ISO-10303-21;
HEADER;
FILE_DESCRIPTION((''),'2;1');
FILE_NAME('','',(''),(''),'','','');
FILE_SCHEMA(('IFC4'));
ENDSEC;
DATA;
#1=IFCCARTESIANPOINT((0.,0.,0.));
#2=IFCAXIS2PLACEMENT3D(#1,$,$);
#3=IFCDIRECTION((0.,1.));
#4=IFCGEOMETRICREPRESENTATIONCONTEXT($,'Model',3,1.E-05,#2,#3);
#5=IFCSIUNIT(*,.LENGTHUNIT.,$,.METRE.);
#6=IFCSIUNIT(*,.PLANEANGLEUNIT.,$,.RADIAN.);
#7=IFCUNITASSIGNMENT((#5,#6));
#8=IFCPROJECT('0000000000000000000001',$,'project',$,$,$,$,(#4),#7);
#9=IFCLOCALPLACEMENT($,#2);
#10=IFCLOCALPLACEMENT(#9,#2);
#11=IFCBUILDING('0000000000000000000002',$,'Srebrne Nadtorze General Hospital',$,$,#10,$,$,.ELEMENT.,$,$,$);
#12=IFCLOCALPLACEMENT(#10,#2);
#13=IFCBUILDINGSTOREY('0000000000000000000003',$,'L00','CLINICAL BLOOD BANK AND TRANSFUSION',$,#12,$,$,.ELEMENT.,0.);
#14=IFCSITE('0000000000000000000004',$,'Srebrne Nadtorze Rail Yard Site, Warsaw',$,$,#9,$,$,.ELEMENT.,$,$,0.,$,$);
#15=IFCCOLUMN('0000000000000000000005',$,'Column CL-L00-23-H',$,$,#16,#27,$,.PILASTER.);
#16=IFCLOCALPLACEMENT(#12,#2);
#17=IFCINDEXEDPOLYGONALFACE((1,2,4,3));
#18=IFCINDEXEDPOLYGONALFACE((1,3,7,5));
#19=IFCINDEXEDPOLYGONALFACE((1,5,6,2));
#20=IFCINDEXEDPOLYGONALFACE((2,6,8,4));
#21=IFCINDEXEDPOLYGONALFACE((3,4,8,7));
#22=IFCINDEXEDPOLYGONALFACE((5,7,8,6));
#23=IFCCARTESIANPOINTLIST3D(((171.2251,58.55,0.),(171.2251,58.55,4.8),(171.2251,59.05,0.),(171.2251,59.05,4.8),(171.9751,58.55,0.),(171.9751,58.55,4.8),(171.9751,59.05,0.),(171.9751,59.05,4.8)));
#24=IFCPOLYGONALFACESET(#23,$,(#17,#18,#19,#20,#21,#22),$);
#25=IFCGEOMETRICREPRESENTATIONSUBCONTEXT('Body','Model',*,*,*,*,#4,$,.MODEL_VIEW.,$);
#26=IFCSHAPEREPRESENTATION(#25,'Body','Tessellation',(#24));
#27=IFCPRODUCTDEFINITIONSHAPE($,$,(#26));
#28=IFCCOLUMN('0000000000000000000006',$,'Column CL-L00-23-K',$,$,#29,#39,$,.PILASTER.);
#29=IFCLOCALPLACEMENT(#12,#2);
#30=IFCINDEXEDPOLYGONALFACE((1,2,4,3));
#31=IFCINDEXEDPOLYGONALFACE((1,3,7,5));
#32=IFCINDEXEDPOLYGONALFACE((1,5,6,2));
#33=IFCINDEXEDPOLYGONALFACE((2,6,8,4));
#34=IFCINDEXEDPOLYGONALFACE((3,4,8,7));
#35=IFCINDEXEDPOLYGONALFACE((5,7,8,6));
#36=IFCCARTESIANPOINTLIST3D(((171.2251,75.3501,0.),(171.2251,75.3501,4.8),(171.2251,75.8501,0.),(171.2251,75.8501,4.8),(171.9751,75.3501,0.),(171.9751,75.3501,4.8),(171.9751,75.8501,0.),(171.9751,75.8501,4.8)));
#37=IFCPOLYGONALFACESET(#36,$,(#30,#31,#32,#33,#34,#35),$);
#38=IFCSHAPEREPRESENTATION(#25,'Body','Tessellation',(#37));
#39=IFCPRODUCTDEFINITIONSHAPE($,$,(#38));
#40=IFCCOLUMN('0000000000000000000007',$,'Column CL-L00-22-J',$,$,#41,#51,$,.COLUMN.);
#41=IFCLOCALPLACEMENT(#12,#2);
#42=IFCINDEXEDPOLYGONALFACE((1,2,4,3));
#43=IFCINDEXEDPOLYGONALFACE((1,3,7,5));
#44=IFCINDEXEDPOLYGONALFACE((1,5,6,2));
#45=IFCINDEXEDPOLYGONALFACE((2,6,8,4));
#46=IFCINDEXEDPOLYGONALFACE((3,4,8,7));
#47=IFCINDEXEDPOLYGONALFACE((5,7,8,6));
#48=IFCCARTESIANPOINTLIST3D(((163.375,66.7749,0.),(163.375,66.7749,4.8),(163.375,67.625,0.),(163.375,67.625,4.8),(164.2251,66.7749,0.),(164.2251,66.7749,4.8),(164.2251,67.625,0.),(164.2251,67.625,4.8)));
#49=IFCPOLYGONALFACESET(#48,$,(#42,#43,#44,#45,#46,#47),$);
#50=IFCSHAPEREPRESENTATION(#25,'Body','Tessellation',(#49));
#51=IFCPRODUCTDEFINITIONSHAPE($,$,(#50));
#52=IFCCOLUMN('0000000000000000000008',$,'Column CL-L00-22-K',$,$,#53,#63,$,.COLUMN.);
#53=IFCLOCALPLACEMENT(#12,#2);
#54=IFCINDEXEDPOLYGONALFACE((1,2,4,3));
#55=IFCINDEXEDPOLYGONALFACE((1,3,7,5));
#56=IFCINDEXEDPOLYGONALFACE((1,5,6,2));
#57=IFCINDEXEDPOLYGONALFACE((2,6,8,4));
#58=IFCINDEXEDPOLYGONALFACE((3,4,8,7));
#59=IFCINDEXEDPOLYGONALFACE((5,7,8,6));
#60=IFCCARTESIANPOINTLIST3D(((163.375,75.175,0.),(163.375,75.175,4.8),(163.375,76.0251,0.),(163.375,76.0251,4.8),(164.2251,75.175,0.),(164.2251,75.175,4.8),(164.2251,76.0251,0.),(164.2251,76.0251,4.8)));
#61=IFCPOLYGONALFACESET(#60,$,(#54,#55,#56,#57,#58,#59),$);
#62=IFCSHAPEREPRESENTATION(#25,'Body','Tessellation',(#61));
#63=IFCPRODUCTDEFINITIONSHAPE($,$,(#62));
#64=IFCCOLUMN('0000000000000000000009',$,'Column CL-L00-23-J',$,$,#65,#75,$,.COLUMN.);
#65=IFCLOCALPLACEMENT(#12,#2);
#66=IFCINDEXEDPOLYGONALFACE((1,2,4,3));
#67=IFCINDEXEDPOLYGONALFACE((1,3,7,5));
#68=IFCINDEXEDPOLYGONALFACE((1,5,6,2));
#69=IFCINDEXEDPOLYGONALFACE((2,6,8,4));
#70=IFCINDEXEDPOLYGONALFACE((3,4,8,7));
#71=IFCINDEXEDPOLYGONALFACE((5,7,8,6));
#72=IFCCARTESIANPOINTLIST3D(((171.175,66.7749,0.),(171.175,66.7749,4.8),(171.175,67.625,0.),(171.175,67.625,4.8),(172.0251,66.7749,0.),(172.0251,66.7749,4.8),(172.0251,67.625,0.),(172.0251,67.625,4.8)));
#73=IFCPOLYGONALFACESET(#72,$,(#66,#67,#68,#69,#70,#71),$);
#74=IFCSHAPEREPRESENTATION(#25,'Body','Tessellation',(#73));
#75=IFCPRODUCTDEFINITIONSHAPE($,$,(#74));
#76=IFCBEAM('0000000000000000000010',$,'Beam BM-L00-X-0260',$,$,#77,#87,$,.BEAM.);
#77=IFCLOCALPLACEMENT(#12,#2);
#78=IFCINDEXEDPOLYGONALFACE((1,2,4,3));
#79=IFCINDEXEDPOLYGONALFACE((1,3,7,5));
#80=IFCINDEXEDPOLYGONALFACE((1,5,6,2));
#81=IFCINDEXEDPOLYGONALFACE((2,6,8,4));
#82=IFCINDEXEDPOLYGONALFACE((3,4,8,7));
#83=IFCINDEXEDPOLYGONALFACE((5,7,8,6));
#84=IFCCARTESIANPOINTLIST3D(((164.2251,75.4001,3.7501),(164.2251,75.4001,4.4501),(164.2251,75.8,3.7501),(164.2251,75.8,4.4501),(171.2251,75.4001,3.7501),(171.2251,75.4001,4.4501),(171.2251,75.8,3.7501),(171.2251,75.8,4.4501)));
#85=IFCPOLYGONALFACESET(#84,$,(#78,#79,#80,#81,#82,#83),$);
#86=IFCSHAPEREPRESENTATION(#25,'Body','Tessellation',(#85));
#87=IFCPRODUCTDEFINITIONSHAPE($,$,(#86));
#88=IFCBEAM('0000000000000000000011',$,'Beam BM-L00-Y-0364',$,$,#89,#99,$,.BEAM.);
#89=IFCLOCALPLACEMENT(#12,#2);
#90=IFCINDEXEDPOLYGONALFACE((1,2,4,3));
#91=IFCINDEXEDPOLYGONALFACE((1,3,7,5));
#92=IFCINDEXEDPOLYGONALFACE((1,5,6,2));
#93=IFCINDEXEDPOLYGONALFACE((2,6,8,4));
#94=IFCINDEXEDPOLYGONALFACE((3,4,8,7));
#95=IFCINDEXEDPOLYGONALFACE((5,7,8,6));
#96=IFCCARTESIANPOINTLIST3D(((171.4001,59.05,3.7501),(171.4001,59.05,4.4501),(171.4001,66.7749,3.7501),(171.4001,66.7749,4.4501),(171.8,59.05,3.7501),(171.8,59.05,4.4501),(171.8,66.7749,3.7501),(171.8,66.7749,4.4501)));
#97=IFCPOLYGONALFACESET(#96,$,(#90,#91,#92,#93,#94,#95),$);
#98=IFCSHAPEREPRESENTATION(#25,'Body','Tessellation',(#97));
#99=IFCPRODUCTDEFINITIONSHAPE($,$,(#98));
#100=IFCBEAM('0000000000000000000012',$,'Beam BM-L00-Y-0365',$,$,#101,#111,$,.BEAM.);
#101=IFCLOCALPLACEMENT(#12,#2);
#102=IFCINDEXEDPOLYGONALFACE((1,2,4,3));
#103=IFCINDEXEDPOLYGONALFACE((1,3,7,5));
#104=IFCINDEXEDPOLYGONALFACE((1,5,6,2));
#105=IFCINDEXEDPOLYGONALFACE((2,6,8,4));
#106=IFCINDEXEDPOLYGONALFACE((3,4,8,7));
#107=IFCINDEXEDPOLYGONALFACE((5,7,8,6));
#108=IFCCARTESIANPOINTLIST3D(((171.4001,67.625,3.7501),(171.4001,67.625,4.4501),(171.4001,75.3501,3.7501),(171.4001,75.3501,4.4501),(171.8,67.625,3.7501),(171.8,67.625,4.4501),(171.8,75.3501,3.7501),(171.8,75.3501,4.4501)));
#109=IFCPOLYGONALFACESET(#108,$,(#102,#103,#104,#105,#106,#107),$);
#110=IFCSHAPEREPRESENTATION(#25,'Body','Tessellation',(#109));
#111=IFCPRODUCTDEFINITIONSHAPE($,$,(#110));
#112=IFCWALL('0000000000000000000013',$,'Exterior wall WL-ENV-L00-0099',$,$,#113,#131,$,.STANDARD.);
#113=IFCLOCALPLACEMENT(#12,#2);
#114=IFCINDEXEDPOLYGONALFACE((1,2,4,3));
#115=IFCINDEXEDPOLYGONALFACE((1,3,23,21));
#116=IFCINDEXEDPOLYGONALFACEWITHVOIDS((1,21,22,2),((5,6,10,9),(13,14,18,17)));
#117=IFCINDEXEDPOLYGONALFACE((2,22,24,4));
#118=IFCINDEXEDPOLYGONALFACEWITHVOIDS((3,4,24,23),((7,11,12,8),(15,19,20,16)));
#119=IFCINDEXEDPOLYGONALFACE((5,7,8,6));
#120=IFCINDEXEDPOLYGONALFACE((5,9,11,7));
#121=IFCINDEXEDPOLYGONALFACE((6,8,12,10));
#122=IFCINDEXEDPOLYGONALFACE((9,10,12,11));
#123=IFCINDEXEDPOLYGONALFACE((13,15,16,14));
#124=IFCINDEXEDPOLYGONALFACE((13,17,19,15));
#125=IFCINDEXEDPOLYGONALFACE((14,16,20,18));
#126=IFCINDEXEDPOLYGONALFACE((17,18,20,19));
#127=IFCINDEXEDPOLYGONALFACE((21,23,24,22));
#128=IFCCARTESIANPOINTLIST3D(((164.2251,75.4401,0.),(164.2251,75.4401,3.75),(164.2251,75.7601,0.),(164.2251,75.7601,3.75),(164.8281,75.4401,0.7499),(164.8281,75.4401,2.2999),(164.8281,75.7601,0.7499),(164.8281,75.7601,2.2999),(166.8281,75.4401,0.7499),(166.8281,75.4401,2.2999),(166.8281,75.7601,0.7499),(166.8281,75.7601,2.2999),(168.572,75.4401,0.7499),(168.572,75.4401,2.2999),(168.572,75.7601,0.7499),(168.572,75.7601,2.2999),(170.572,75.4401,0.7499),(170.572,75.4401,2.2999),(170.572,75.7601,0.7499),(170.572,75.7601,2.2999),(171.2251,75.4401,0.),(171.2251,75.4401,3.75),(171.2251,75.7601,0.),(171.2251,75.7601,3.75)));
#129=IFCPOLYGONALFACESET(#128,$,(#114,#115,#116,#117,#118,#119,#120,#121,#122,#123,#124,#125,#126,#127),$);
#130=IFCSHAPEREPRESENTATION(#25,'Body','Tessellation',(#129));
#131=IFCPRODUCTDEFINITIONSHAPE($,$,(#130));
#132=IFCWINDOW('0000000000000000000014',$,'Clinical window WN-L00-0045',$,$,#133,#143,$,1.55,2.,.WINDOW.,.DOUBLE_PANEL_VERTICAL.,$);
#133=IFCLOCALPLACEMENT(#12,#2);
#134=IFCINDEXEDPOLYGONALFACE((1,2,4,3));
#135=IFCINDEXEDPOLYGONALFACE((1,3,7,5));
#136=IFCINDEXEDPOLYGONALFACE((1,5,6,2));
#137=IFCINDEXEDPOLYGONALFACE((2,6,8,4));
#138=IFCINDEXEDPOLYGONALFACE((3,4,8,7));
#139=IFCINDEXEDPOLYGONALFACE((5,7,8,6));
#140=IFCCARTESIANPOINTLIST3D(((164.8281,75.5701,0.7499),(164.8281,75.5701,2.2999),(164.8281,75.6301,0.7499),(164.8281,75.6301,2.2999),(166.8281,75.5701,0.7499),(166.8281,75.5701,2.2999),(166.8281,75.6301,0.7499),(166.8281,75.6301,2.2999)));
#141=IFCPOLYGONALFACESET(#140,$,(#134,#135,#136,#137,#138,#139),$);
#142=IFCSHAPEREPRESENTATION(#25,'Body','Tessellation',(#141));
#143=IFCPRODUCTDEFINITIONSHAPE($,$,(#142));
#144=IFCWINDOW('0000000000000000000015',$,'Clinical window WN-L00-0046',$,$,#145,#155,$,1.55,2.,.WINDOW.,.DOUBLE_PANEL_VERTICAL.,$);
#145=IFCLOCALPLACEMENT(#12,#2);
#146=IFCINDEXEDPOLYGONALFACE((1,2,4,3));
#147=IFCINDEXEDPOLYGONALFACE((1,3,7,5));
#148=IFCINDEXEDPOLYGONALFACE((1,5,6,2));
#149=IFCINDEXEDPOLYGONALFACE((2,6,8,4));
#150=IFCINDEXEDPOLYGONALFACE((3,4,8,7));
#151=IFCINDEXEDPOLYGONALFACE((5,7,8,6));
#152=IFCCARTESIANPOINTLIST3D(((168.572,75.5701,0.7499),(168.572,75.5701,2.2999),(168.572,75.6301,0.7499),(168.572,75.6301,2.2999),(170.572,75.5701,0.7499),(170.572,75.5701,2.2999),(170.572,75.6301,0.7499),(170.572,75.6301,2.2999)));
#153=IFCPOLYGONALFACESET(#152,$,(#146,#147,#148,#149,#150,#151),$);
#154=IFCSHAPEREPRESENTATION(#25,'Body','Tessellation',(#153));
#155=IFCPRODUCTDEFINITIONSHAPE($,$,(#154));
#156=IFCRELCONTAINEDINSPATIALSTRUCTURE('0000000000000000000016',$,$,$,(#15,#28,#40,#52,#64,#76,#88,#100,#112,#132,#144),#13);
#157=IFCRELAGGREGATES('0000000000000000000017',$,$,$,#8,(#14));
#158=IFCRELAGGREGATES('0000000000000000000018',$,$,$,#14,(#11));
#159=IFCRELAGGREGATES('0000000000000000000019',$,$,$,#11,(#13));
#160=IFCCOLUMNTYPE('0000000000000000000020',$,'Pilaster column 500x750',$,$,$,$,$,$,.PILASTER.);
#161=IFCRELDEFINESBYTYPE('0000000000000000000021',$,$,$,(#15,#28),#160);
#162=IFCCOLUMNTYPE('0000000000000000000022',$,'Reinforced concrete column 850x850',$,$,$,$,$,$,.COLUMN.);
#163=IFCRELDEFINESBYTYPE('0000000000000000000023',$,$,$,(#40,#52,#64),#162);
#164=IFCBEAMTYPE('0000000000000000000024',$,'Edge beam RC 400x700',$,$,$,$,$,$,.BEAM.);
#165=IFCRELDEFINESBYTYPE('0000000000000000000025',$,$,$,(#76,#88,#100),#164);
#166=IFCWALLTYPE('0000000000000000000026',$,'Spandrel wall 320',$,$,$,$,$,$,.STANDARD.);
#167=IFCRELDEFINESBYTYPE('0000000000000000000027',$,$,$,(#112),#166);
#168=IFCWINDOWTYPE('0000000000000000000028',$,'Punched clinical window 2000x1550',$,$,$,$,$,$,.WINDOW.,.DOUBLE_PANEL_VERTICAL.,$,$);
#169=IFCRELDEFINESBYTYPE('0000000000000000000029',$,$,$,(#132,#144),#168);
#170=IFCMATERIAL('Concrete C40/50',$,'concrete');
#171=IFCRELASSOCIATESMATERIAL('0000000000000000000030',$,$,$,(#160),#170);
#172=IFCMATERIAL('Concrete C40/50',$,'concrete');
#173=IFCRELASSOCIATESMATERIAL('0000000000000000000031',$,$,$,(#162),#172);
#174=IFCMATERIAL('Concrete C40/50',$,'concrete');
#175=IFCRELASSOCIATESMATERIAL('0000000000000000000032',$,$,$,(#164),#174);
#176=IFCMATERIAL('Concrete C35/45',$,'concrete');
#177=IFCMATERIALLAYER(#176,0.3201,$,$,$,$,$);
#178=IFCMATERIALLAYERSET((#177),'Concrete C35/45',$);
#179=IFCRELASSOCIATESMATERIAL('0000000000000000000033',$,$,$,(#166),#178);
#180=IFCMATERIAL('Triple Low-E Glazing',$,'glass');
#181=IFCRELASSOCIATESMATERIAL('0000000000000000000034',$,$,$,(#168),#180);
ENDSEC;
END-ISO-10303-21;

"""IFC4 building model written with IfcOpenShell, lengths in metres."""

from ifc_helpers import new_model, si_unit, direction, frame, frame_2d, origin, origin_2d, place, context, subcontext, project, spatial, rectangle, extrude, material, layer, layer_set, material_profile, profile_set, type_object, element, fill, save


model = new_model("IFC4")

# Units and contexts
model_context = context("Model", 3, precision=1e-05, world=origin(), true_north=direction((0.0, 1.0)))
body_context = subcontext(model_context, "Body", "Model", "MODEL_VIEW")
ifc_project = project(units=[si_unit("LENGTHUNIT", "METRE"), si_unit("PLANEANGLEUNIT", "RADIAN")], contexts=[model_context])

# Site, building, storey
site_placement = place(None, origin())
site = spatial("IfcSite", under=ifc_project, at=site_placement, Name="Srebrne Nadtorze Rail Yard Site, Warsaw", CompositionType="ELEMENT", RefElevation=0.0)
building_placement = place(site_placement, origin())
building = spatial("IfcBuilding", under=site, at=building_placement, Name="Srebrne Nadtorze General Hospital", CompositionType="ELEMENT")
storey_placement = place(building_placement, origin())
storey = spatial("IfcBuildingStorey", under=building, at=storey_placement, Name="L00", Description="CLINICAL BLOOD BANK AND TRANSFUSION", CompositionType="ELEMENT", Elevation=0.0)

# Columns
ifc_material_1 = material(Name="Concrete C40/50", Category="concrete")
ifc_material_profile_1 = material_profile(ifc_material_1, rectangle(XDim=0.5, YDim=0.75, at=origin_2d()), Name="RC-PIL-500x750")
ifc_profile_set_1 = profile_set([ifc_material_profile_1], Name="Concrete C40/50")
column_type_1 = type_object("IfcColumnType", Name="Pilaster column 500x750", PredefinedType="PILASTER", material=ifc_profile_set_1)
for number, where, z_axis, x_axis, name in (
    (1, (171.6001, 58.8, 0.0), (0.0, 0.0, 1.0), (0.0, 1.0, 0.0), "Column CL-L00-23-H"),
    (2, (171.6001, 75.6001, 0.0), (0.0, 0.0, 1.0), (0.0, 1.0, 0.0), "Column CL-L00-23-K"),
):
    element("IfcColumn", number, at=place(storey_placement, frame(where, z_axis=z_axis, x_axis=x_axis)), inside=storey, type_object=column_type_1, Name=name, PredefinedType="PILASTER", context=body_context, shape_type="SweptSolid", body=[
        extrude(rectangle(XDim=0.5, YDim=0.75, at=origin_2d()), origin(), (0.0, 0.0, 1.0), 4.8),
    ])
ifc_material_2 = material(Name="Concrete C40/50", Category="concrete")
ifc_material_profile_2 = material_profile(ifc_material_2, rectangle(XDim=0.8501, YDim=0.8501, at=origin_2d()), Name="RC-COL-850x850")
ifc_profile_set_2 = profile_set([ifc_material_profile_2], Name="Concrete C40/50")
column_type_2 = type_object("IfcColumnType", Name="Reinforced concrete column 850x850", PredefinedType="COLUMN", material=ifc_profile_set_2)
for number, where, z_axis, x_axis, name in (
    (3, (163.8, 67.2, 0.0), (0.0, 0.0, 1.0), (1.0, 0.0, 0.0), "Column CL-L00-22-J"),
    (4, (163.8, 75.6001, 0.0), (0.0, 0.0, 1.0), (1.0, 0.0, 0.0), "Column CL-L00-22-K"),
    (5, (171.6001, 67.2, 0.0), (0.0, 0.0, 1.0), (1.0, 0.0, 0.0), "Column CL-L00-23-J"),
):
    element("IfcColumn", number, at=place(storey_placement, frame(where, z_axis=z_axis, x_axis=x_axis)), inside=storey, type_object=column_type_2, Name=name, PredefinedType="COLUMN", context=body_context, shape_type="SweptSolid", body=[
        extrude(rectangle(XDim=0.8501, YDim=0.8501, at=origin_2d()), origin(), (0.0, 0.0, 1.0), 4.8),
    ])

# Beams
ifc_material_3 = material(Name="Concrete C40/50", Category="concrete")
ifc_material_profile_3 = material_profile(ifc_material_3, rectangle(XDim=0.3999, YDim=0.7, at=origin_2d()), Name="RC-BM-400x700")
ifc_profile_set_3 = profile_set([ifc_material_profile_3], Name="Concrete C40/50")
beam_type = type_object("IfcBeamType", Name="Edge beam RC 400x700", PredefinedType="BEAM", material=ifc_profile_set_3)
beam_1_placement = place(storey_placement, frame((164.2251, 75.6001, 4.1001), z_axis=(1.0, 0.0, 0.0), x_axis=(0.0, 1.0, 0.0)))
element("IfcBeam", 6, at=beam_1_placement, inside=storey, type_object=beam_type, Name="Beam BM-L00-X-0260", PredefinedType="BEAM", context=body_context, shape_type="SweptSolid", body=[
    extrude(rectangle(XDim=0.3999, YDim=0.7, at=origin_2d()), origin(), (0.0, 0.0, 1.0), 7.0),
])
beam_2_placement = place(storey_placement, frame((171.6001, 59.05, 4.1001), z_axis=(0.0, 1.0, 0.0), x_axis=(-1.0, 0.0, 0.0)))
element("IfcBeam", 7, at=beam_2_placement, inside=storey, type_object=beam_type, Name="Beam BM-L00-Y-0364", PredefinedType="BEAM", context=body_context, shape_type="SweptSolid", body=[
    extrude(rectangle(XDim=0.3999, YDim=0.7, at=origin_2d()), origin(), (0.0, 0.0, 1.0), 7.7249),
])
beam_3_placement = place(storey_placement, frame((171.6001, 67.625, 4.1001), z_axis=(0.0, 1.0, 0.0), x_axis=(-1.0, 0.0, 0.0)))
element("IfcBeam", 8, at=beam_3_placement, inside=storey, type_object=beam_type, Name="Beam BM-L00-Y-0365", PredefinedType="BEAM", context=body_context, shape_type="SweptSolid", body=[
    extrude(rectangle(XDim=0.3999, YDim=0.7, at=origin_2d()), origin(), (0.0, 0.0, 1.0), 7.7251),
])

# Wall, openings, windows
ifc_material_4 = material(Name="Concrete C35/45", Category="concrete")
ifc_layer_1 = layer(ifc_material_4, 0.3201)
ifc_layer_set_1 = layer_set([ifc_layer_1], Name="Concrete C35/45")
wall_type = type_object("IfcWallType", Name="Spandrel wall 320", PredefinedType="STANDARD", material=ifc_layer_set_1)
wall_1_placement = place(storey_placement, frame((164.2251, 75.6001, 0.0), z_axis=(0.0, 0.0, 1.0), x_axis=(1.0, 0.0, 0.0)))
wall_1 = element("IfcWall", 9, at=wall_1_placement, inside=storey, type_object=wall_type, Name="Exterior wall WL-ENV-L00-0099", PredefinedType="STANDARD", context=body_context, shape_type="SweptSolid", body=[
    extrude(rectangle(XDim=7.0, YDim=0.3201, at=frame_2d((3.5, 0.0))), origin(), (0.0, 0.0, 1.0), 3.75),
])
opening_1_placement = place(wall_1_placement, frame((0.603, 0.0, 0.75)))
opening_1 = element("IfcOpeningElement", 10, at=opening_1_placement, cuts=wall_1, PredefinedType="OPENING", context=body_context, shape_type="SweptSolid", body=[
    extrude(rectangle(XDim=2.0, YDim=1.55, at=frame_2d((1.0, 0.7749))), frame((0.0, 0.1719, 0.0), z_axis=(0.0, -1.0, 0.0), x_axis=(1.0, 0.0, 0.0)), (0.0, 0.0, 1.0), 0.344),
])
opening_2_placement = place(wall_1_placement, frame((4.3469, 0.0, 0.75)))
opening_2 = element("IfcOpeningElement", 11, at=opening_2_placement, cuts=wall_1, PredefinedType="OPENING", context=body_context, shape_type="SweptSolid", body=[
    extrude(rectangle(XDim=2.0, YDim=1.55, at=frame_2d((1.0, 0.7749))), frame((0.0, 0.1719, 0.0), z_axis=(0.0, -1.0, 0.0), x_axis=(1.0, 0.0, 0.0)), (0.0, 0.0, 1.0), 0.344),
])
ifc_material_5 = material(Name="Triple Low-E Glazing", Category="glass")
window_type = type_object("IfcWindowType", Name="Punched clinical window 2000x1550", PartitioningType="DOUBLE_PANEL_VERTICAL", PredefinedType="WINDOW", material=ifc_material_5)
window_1_placement = place(opening_1_placement, origin())
window_1 = element("IfcWindow", 12, at=window_1_placement, inside=storey, type_object=window_type, Name="Clinical window WN-L00-0045", OverallHeight=1.55, OverallWidth=2.0, PartitioningType="DOUBLE_PANEL_VERTICAL", PredefinedType="WINDOW", context=body_context, shape_type="SweptSolid", body=[
    extrude(rectangle(XDim=2.0, YDim=1.55, at=frame_2d((1.0, 0.7749))), frame((0.0, 0.03, 0.0), z_axis=(0.0, -1.0, 0.0), x_axis=(1.0, 0.0, 0.0)), (0.0, 0.0, 1.0), 0.0601),
])
fill(opening_1, window_1)
window_2_placement = place(opening_2_placement, origin())
window_2 = element("IfcWindow", 13, at=window_2_placement, inside=storey, type_object=window_type, Name="Clinical window WN-L00-0046", OverallHeight=1.55, OverallWidth=2.0, PartitioningType="DOUBLE_PANEL_VERTICAL", PredefinedType="WINDOW", context=body_context, shape_type="SweptSolid", body=[
    extrude(rectangle(XDim=2.0, YDim=1.55, at=frame_2d((1.0, 0.7749))), frame((0.0, 0.03, 0.0), z_axis=(0.0, -1.0, 0.0), x_axis=(1.0, 0.0, 0.0)), (0.0, 0.0, 1.0), 0.0601),
])
fill(opening_2, window_2)

save(model, "model.ifc")
